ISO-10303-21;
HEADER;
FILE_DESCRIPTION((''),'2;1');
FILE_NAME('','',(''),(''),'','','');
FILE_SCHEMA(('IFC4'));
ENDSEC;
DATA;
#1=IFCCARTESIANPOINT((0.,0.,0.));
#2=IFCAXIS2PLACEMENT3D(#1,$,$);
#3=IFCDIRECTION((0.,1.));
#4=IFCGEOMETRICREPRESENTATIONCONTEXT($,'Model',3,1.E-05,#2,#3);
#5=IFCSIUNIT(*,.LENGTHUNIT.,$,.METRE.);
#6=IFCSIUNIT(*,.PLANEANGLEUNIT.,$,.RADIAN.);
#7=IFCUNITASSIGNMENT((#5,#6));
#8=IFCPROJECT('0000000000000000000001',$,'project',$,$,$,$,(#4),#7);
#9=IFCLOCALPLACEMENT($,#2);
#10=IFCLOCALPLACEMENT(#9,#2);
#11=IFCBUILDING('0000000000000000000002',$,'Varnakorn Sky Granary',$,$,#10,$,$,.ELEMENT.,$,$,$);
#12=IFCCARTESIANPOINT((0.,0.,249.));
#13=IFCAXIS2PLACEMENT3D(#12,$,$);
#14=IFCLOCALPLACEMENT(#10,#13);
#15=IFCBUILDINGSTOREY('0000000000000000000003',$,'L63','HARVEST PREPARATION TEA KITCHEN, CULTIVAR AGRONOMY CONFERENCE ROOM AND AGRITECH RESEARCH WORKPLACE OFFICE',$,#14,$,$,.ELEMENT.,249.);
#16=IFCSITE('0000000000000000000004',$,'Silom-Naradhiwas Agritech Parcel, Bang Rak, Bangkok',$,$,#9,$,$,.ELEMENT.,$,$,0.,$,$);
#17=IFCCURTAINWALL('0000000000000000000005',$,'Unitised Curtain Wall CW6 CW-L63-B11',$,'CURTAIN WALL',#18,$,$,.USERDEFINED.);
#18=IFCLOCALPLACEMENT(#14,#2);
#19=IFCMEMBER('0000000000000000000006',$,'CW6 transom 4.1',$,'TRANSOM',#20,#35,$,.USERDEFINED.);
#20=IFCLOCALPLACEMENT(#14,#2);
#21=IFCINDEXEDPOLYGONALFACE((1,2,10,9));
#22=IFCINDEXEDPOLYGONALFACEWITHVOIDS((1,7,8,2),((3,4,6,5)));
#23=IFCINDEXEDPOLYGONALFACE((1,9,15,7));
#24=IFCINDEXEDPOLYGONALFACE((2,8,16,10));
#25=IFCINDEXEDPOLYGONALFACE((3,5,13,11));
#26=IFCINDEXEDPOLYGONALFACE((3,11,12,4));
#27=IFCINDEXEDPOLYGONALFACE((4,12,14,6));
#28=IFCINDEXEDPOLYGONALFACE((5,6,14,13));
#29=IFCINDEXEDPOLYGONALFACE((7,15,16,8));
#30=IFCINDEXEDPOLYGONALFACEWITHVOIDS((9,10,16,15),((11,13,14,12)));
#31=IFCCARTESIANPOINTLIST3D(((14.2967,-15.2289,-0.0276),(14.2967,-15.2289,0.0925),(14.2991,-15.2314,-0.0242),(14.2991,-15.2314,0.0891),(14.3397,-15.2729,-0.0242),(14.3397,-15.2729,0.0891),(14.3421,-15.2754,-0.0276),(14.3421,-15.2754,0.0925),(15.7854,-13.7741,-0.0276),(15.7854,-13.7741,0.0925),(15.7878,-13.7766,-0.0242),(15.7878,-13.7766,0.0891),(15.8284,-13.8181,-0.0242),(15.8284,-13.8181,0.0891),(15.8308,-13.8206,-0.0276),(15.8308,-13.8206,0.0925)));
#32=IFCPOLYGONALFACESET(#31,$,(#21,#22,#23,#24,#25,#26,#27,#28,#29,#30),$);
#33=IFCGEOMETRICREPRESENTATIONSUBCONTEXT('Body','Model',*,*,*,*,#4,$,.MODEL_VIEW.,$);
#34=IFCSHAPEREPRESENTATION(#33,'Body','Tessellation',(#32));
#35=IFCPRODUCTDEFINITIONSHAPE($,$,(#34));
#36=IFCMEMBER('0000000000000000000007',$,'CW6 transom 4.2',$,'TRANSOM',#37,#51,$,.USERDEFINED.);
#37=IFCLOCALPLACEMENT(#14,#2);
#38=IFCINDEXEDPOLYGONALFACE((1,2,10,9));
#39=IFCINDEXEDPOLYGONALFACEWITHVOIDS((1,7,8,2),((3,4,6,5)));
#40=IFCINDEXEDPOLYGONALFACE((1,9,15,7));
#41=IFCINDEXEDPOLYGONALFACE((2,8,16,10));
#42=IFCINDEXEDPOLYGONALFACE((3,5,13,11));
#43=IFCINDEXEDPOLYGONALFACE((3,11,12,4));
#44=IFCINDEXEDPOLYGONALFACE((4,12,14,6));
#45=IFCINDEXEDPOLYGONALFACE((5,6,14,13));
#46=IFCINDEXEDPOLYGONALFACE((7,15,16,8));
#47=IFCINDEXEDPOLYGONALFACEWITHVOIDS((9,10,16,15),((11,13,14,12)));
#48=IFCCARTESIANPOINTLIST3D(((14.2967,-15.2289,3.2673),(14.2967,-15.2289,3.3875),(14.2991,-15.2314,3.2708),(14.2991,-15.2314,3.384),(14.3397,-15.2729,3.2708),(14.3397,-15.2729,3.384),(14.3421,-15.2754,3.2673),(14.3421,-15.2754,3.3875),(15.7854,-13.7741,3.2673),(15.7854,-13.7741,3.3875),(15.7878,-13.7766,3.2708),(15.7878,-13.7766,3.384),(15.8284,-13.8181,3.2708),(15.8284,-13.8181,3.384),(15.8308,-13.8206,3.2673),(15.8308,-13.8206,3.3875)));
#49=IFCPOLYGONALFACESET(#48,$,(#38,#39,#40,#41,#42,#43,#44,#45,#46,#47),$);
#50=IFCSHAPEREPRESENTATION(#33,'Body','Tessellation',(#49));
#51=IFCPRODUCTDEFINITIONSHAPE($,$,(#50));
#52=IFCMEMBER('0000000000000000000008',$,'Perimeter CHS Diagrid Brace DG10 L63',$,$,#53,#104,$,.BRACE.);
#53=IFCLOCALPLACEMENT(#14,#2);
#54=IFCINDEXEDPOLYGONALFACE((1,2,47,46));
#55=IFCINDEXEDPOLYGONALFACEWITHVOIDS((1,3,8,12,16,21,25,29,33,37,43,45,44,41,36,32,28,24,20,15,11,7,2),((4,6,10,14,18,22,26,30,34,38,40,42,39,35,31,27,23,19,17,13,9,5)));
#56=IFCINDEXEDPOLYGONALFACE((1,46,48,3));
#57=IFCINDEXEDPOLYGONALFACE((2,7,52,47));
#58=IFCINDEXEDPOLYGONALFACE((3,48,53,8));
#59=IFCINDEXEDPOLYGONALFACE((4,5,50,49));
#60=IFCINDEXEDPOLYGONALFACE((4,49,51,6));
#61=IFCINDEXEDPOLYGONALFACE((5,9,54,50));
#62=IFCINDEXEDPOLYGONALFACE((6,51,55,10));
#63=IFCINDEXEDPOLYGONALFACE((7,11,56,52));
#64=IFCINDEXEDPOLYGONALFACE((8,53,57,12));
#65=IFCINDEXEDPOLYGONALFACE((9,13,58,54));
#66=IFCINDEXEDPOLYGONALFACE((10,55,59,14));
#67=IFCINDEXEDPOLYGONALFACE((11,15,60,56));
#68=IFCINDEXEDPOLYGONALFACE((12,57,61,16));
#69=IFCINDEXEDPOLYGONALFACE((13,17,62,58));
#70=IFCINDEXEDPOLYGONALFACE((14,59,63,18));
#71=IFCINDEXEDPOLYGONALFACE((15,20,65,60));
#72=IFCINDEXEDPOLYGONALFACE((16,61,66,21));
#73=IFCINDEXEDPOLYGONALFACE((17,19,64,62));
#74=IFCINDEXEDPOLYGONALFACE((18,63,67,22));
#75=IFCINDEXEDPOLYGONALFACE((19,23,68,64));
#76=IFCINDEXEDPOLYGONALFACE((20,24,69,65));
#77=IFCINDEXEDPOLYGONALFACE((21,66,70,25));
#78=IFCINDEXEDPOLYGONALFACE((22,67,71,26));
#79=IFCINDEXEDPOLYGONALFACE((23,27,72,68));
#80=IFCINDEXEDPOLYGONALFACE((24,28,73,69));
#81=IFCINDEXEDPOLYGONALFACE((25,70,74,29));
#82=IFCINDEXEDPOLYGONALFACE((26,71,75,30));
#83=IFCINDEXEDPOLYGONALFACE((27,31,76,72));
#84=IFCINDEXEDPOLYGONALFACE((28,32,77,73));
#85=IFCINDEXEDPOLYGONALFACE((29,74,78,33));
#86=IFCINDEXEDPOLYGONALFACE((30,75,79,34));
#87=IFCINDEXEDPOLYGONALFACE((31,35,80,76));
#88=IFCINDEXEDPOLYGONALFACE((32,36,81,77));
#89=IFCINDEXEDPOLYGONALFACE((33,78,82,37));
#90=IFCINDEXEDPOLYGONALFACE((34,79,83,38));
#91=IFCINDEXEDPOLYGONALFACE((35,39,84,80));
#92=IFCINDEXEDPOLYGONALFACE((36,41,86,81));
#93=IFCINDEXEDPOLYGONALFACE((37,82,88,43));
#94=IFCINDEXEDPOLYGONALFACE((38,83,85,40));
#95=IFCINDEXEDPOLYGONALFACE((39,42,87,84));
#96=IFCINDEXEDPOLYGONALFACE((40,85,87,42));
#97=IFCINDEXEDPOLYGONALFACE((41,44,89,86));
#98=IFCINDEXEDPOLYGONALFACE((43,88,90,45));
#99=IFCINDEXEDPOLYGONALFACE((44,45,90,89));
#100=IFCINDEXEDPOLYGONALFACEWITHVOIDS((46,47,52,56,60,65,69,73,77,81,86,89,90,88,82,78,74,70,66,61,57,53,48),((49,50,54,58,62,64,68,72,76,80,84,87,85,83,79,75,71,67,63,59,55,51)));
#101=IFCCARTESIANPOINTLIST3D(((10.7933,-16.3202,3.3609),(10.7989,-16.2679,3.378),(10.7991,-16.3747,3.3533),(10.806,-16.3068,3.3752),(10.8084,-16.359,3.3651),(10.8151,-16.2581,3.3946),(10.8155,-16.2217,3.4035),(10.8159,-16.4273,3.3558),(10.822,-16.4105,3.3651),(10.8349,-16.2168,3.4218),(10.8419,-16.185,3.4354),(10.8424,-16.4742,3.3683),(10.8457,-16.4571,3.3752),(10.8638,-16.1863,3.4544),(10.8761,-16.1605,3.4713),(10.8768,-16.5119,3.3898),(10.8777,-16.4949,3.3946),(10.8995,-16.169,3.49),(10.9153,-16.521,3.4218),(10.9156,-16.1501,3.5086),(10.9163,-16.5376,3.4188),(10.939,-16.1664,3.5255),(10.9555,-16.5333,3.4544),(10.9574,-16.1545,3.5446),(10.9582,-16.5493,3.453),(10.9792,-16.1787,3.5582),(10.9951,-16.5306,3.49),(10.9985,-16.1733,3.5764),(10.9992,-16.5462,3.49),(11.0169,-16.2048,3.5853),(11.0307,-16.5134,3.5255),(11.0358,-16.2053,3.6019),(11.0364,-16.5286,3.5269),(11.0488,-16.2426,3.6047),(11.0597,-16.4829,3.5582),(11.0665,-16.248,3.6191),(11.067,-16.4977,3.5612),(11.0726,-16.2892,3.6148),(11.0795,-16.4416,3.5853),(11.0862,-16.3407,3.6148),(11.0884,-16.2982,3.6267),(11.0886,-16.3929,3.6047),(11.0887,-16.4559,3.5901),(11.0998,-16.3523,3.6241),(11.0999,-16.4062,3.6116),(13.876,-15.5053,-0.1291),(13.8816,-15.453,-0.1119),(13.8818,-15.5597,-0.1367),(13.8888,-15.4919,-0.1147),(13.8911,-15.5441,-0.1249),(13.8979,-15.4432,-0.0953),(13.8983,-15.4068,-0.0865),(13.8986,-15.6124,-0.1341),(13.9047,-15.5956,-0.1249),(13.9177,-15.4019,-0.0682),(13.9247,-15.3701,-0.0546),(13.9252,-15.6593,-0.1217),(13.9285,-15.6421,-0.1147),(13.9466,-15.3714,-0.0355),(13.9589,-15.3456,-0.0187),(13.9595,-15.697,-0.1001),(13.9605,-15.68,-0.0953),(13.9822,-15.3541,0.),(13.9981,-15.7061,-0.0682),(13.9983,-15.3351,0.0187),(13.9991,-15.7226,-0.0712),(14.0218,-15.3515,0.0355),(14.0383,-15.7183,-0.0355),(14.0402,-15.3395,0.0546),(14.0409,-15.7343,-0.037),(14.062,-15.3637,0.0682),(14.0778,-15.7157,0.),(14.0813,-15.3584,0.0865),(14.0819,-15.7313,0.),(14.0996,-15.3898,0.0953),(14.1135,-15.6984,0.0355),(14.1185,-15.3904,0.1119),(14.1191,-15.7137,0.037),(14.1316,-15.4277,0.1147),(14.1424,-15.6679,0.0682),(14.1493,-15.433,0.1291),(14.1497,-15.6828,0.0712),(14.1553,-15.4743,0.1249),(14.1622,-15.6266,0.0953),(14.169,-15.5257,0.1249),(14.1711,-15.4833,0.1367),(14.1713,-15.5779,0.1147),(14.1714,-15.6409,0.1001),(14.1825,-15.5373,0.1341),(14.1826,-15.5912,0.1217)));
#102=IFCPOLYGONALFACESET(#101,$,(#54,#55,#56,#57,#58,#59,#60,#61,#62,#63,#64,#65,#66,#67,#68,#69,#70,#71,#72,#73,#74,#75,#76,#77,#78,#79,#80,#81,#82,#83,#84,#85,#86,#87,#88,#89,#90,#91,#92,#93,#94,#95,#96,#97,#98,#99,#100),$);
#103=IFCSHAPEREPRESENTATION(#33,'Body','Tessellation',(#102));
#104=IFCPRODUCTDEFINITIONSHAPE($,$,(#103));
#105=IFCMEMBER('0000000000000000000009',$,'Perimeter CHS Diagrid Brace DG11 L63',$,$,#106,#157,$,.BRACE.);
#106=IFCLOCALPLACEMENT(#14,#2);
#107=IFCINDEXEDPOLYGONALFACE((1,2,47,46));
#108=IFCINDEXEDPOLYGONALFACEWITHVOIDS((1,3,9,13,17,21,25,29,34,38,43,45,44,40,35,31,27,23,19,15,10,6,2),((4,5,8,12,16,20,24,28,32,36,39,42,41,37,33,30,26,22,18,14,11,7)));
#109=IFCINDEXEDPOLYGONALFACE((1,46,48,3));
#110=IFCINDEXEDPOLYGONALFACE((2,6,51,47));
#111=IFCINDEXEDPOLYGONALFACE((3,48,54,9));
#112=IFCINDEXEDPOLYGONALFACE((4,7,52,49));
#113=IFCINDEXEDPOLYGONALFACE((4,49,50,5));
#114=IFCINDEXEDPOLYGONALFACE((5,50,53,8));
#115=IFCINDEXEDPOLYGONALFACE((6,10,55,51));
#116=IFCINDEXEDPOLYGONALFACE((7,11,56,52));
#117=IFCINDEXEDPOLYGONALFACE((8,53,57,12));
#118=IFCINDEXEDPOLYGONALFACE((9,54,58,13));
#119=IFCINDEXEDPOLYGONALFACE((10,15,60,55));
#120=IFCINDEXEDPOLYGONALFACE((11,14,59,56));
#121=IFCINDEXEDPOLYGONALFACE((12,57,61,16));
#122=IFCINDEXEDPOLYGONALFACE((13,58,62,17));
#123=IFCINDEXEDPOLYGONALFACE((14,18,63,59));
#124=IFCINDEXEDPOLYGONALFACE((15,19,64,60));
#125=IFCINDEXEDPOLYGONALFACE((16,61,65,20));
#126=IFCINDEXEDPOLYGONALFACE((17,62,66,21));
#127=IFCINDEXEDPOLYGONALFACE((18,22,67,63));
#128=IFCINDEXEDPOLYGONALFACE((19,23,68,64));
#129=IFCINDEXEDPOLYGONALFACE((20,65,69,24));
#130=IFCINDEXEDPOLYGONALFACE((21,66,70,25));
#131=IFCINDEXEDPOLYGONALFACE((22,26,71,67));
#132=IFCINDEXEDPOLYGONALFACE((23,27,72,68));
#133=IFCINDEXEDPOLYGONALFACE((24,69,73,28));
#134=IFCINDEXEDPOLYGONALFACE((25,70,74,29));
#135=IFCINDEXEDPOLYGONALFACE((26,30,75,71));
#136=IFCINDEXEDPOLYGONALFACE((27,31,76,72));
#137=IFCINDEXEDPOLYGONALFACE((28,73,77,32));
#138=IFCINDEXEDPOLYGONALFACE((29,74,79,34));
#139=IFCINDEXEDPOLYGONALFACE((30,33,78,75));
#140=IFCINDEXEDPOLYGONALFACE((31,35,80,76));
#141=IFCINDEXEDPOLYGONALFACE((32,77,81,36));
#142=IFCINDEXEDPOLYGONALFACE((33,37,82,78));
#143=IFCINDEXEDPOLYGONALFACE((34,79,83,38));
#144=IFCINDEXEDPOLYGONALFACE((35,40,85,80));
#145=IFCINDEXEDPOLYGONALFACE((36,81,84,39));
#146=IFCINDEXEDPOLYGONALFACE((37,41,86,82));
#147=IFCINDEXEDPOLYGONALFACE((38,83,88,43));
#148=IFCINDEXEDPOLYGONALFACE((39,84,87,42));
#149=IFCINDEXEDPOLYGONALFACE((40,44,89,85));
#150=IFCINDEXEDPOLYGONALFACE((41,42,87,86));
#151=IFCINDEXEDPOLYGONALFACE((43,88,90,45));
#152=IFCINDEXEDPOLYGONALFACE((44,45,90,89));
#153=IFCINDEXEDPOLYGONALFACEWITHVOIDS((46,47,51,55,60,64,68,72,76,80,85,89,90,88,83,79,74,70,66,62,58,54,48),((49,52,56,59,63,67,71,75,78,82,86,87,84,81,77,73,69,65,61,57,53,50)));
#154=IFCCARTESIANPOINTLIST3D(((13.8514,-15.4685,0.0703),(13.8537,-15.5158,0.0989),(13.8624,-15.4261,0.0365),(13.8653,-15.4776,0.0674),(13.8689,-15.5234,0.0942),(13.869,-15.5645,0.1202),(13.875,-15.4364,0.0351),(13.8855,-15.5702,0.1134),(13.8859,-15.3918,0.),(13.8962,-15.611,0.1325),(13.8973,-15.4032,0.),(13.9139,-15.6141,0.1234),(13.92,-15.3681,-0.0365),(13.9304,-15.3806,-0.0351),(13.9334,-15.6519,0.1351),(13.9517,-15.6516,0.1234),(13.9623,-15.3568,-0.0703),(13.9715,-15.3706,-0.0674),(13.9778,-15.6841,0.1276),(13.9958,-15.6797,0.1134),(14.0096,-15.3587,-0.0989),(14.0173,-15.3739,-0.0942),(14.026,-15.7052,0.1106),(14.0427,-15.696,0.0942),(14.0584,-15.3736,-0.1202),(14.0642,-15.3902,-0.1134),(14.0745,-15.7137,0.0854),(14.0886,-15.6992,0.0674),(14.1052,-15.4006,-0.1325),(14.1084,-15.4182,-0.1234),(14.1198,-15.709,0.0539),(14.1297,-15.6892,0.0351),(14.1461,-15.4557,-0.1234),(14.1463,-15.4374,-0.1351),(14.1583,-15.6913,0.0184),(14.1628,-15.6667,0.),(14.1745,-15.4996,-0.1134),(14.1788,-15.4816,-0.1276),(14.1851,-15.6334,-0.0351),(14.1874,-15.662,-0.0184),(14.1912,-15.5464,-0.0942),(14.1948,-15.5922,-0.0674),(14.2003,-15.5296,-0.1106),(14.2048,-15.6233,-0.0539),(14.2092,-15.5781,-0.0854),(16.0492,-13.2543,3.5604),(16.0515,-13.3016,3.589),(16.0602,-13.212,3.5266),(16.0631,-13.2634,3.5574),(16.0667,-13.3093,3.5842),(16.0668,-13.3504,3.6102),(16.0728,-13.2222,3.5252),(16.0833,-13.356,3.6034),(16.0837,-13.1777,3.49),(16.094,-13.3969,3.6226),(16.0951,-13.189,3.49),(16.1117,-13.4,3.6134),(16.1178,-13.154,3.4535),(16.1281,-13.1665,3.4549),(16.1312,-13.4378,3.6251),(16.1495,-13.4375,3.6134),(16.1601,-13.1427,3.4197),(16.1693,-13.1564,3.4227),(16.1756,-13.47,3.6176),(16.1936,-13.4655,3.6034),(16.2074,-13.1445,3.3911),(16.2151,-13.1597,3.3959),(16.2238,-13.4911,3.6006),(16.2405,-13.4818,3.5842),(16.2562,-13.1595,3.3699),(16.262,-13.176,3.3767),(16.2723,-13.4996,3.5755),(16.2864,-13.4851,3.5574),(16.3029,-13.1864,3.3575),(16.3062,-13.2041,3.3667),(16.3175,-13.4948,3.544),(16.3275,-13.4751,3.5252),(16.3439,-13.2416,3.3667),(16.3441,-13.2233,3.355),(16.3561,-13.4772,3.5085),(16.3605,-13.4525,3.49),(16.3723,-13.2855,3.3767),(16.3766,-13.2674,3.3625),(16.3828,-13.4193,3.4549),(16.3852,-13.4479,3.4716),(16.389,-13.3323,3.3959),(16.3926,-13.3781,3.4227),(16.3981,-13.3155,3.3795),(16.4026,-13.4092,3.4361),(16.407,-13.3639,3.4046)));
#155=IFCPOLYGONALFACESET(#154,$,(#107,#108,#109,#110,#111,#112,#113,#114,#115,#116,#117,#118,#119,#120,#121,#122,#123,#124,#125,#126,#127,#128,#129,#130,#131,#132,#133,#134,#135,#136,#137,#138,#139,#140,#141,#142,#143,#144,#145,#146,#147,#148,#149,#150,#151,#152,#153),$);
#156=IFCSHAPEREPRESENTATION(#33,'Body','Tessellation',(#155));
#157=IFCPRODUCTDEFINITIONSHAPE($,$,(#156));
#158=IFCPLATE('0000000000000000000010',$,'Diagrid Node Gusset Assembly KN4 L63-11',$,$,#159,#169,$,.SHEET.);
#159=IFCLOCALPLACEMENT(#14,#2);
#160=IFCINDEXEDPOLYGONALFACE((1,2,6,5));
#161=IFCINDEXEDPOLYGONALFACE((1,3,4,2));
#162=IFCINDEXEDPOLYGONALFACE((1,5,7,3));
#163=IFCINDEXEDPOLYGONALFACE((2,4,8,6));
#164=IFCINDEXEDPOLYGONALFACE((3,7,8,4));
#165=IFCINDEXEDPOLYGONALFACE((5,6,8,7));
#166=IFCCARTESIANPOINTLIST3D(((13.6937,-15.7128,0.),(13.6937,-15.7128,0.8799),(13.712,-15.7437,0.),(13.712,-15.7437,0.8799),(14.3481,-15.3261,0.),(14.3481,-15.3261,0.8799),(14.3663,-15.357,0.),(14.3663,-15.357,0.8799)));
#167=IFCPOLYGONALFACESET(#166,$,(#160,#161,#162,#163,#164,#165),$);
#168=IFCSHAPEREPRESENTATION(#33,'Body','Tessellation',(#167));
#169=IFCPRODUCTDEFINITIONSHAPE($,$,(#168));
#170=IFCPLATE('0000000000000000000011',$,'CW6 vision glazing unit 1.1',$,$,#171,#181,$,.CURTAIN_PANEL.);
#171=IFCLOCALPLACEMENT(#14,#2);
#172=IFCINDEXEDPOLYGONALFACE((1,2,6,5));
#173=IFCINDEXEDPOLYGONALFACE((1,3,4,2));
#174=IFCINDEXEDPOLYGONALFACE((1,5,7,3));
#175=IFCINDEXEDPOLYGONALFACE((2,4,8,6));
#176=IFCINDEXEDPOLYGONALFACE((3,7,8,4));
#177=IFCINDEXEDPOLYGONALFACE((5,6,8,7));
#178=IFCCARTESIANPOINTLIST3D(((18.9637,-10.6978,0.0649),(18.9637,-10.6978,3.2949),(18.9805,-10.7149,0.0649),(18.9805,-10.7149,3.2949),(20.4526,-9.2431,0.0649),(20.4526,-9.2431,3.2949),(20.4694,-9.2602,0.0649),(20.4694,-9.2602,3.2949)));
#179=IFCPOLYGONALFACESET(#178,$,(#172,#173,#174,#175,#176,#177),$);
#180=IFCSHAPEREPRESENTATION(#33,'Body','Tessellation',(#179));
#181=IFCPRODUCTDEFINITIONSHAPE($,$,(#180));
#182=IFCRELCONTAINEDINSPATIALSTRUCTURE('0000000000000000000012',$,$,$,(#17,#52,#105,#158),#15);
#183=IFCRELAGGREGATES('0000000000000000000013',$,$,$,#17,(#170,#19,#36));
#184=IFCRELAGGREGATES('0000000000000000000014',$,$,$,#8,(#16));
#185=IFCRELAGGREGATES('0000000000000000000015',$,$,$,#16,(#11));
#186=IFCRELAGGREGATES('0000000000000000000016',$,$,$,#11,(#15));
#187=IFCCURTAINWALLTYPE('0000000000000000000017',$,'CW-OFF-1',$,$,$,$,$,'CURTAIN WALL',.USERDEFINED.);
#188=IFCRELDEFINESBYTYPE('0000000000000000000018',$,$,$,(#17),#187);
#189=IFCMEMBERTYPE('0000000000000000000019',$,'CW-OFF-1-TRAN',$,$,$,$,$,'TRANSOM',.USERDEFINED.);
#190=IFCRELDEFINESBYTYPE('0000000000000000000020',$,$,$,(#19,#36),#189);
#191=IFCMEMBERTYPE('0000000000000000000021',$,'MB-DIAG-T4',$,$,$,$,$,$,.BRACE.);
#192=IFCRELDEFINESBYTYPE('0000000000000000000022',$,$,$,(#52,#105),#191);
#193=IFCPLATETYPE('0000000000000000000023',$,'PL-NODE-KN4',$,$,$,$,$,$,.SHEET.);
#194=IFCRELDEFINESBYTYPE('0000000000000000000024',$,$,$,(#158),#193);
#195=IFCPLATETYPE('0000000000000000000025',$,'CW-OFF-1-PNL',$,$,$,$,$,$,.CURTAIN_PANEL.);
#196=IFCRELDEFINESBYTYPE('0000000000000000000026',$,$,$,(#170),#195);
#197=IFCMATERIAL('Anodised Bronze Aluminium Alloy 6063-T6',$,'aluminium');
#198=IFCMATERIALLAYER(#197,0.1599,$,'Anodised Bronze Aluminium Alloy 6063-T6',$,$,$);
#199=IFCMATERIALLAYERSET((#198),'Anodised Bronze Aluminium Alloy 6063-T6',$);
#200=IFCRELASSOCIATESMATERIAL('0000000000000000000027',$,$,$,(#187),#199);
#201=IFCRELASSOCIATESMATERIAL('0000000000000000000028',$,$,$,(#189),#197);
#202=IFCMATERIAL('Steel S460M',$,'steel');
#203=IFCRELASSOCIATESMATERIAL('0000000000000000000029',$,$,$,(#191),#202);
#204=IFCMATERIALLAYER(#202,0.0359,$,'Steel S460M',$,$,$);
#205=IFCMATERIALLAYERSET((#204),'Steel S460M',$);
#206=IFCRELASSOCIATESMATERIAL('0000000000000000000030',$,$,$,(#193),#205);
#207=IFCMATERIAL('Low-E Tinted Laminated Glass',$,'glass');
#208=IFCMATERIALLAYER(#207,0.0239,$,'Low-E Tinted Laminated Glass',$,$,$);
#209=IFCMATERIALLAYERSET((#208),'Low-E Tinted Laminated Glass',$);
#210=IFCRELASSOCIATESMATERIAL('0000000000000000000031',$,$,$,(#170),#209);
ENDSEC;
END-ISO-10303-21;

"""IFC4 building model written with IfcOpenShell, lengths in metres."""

from ifc_helpers import new_model, si_unit, direction, frame, origin, origin_2d, place, context, subcontext, project, spatial, rectangle, hollow_rectangle, hollow_circle, extrude, source, transform, mapped, material, layer, layer_set, material_profile, profile_set, type_object, element, aggregate, save


model = new_model("IFC4")

# Units and contexts
model_context = context("Model", 3, precision=1e-05, world=origin(), true_north=direction((0.0, 1.0)))
body_context = subcontext(model_context, "Body", "Model", "MODEL_VIEW")
ifc_project = project(units=[si_unit("LENGTHUNIT", "METRE"), si_unit("PLANEANGLEUNIT", "RADIAN")], contexts=[model_context])

# Site, building, storey
site_placement = place(None, origin())
site = spatial("IfcSite", under=ifc_project, at=site_placement, Name="Silom-Naradhiwas Agritech Parcel, Bang Rak, Bangkok", CompositionType="ELEMENT", RefElevation=0.0)
building_placement = place(site_placement, origin())
building = spatial("IfcBuilding", under=site, at=building_placement, Name="Varnakorn Sky Granary", CompositionType="ELEMENT")
storey_placement = place(building_placement, frame((0.0, 0.0, 249.0)))
storey = spatial("IfcBuildingStorey", under=building, at=storey_placement, Name="L63", Description="HARVEST PREPARATION TEA KITCHEN, CULTIVAR AGRONOMY CONFERENCE ROOM AND AGRITECH RESEARCH WORKPLACE OFFICE", CompositionType="ELEMENT", Elevation=249.0)

# Curtain wall, members
ifc_material_1 = material(Name="Anodised Bronze Aluminium Alloy 6063-T6", Category="aluminium")
ifc_layer_1 = layer(ifc_material_1, 0.1599, Name="Anodised Bronze Aluminium Alloy 6063-T6")
ifc_layer_set_1 = layer_set([ifc_layer_1], Name="Anodised Bronze Aluminium Alloy 6063-T6")
curtain_wall_type = type_object("IfcCurtainWallType", Name="CW-OFF-1", ElementType="CURTAIN WALL", PredefinedType="USERDEFINED", material=ifc_layer_set_1)
curtain_wall_placement = place(storey_placement, origin())
curtain_wall = element("IfcCurtainWall", 1, at=curtain_wall_placement, inside=storey, type_object=curtain_wall_type, Name="Unitised Curtain Wall CW6 CW-L63-B11", ObjectType="CURTAIN WALL", PredefinedType="USERDEFINED")
ifc_material_profile_1 = material_profile(ifc_material_1, hollow_rectangle(XDim=0.0649, YDim=0.1201, WallThickness=0.0034, at=origin_2d()), Name="ALU TRAN 65x120")
ifc_profile_set_1 = profile_set([ifc_material_profile_1], Name="Anodised Bronze Aluminium Alloy 6063-T6")
member_type_1 = type_object("IfcMemberType", Name="CW-OFF-1-TRAN", ElementType="TRANSOM", PredefinedType="USERDEFINED", material=ifc_profile_set_1)
member_1_placement = place(storey_placement, frame((15.8081, -13.7974, 0.0325), z_axis=(-0.715211, -0.698908, 0.0), x_axis=(0.698908, -0.715211, 0.0)))
member_1 = element("IfcMember", 2, at=member_1_placement, type_object=member_type_1, Name="CW6 transom 4.1", ObjectType="TRANSOM", PredefinedType="USERDEFINED", context=body_context, shape_type="SweptSolid", body=[
    extrude(hollow_rectangle(XDim=0.0649, YDim=0.1201, WallThickness=0.0034, at=origin_2d()), origin(), (0.0, 0.0, 1.0), 2.0815),
])
member_2_placement = place(storey_placement, frame((15.8081, -13.7974, 3.3274), z_axis=(-0.715211, -0.698908, 0.0), x_axis=(0.698908, -0.715211, 0.0)))
member_2 = element("IfcMember", 3, at=member_2_placement, type_object=member_type_1, Name="CW6 transom 4.2", ObjectType="TRANSOM", PredefinedType="USERDEFINED", context=body_context, shape_type="SweptSolid", body=[
    extrude(hollow_rectangle(XDim=0.0649, YDim=0.1201, WallThickness=0.0034, at=origin_2d()), origin(), (0.0, 0.0, 1.0), 2.0815),
])

# Members
ifc_material_2 = material(Name="Steel S460M", Category="steel")
ifc_material_profile_2 = material_profile(ifc_material_2, hollow_circle(Radius=0.2031, WallThickness=0.0161, at=origin_2d()), Name="CHS 406.4x16")
ifc_profile_set_2 = profile_set([ifc_material_profile_2], Name="Steel S460M")
member_type_2 = type_object("IfcMemberType", Name="MB-DIAG-T4", PredefinedType="BRACE", material=ifc_profile_set_2)
member_3_placement = place(storey_placement, frame((14.03, -15.5349, 0.0), z_axis=(-0.652116, -0.17239, 0.738259), x_axis=(0.255575, -0.966789, 0.0)))
element("IfcMember", 4, at=member_3_placement, inside=storey, type_object=member_type_2, Name="Perimeter CHS Diagrid Brace DG10 L63", PredefinedType="BRACE", context=body_context, shape_type="SweptSolid", body=[
    extrude(hollow_circle(Radius=0.2031, WallThickness=0.0161, at=origin_2d()), origin(), (0.0, 0.0, 1.0), 4.7273),
])
member_4_placement = place(storey_placement, frame((14.03, -15.5349, 0.0), z_axis=(0.469498, 0.472992, 0.745553), x_axis=(-0.709724, 0.70448, 0.0)))
element("IfcMember", 5, at=member_4_placement, inside=storey, type_object=member_type_2, Name="Perimeter CHS Diagrid Brace DG11 L63", PredefinedType="BRACE", context=body_context, shape_type="SweptSolid", body=[
    extrude(hollow_circle(Radius=0.2031, WallThickness=0.0161, at=origin_2d()), origin(), (0.0, 0.0, 1.0), 4.6812),
])

# Plates
ifc_layer_2 = layer(ifc_material_2, 0.0359, Name="Steel S460M")
ifc_layer_set_2 = layer_set([ifc_layer_2], Name="Steel S460M")
plate_type_1 = type_object("IfcPlateType", Name="PL-NODE-KN4", PredefinedType="SHEET", material=ifc_layer_set_2)
plate_1_placement = place(storey_placement, frame((14.03, -15.5349, 0.0), z_axis=(0.0, 0.0, 1.0), x_axis=(0.860918, 0.508744, 0.0)))
element("IfcPlate", 6, at=plate_1_placement, inside=storey, type_object=plate_type_1, Name="Diagrid Node Gusset Assembly KN4 L63-11", PredefinedType="SHEET", context=body_context, shape_type="SweptSolid", body=[
    extrude(rectangle(XDim=0.76, YDim=0.0359, at=origin_2d()), origin(), (0.0, 0.0, 1.0), 0.8799),
])
ifc_material_3 = material(Name="Low-E Tinted Laminated Glass", Category="glass")
ifc_layer_3 = layer(ifc_material_3, 0.0239, Name="Low-E Tinted Laminated Glass")
ifc_layer_set_3 = layer_set([ifc_layer_3], Name="Low-E Tinted Laminated Glass")
plate_type_2 = type_object("IfcPlateType", Name="CW-OFF-1-PNL", PredefinedType="CURTAIN_PANEL")
shared_shape_1 = source(origin(), body_context, "Body", "SweptSolid", [
    extrude(rectangle(XDim=2.0815, YDim=0.0239, at=origin_2d()), origin(), (0.0, 0.0, 1.0), 3.23),
])
plate_2_placement = place(storey_placement, frame((19.7166, -9.979, 0.0649), z_axis=(0.0, 0.0, 1.0), x_axis=(-0.715285, -0.698833, 0.0)))
plate_2 = element("IfcPlate", 7, at=plate_2_placement, type_object=plate_type_2, material=ifc_layer_set_3, Name="CW6 vision glazing unit 1.1", PredefinedType="CURTAIN_PANEL", context=body_context, shape_type="MappedRepresentation", body=[
    mapped(shared_shape_1, transform((0.0, 0.0, 0.0), x_axis=(1.0, 0.0, 0.0), y_axis=(0.0, 1.0, 0.0), z_axis=(0.0, 0.0, 1.0), scale=1.0)),
])
aggregate(curtain_wall, [plate_2, member_1, member_2])

save(model, "model.ifc")
